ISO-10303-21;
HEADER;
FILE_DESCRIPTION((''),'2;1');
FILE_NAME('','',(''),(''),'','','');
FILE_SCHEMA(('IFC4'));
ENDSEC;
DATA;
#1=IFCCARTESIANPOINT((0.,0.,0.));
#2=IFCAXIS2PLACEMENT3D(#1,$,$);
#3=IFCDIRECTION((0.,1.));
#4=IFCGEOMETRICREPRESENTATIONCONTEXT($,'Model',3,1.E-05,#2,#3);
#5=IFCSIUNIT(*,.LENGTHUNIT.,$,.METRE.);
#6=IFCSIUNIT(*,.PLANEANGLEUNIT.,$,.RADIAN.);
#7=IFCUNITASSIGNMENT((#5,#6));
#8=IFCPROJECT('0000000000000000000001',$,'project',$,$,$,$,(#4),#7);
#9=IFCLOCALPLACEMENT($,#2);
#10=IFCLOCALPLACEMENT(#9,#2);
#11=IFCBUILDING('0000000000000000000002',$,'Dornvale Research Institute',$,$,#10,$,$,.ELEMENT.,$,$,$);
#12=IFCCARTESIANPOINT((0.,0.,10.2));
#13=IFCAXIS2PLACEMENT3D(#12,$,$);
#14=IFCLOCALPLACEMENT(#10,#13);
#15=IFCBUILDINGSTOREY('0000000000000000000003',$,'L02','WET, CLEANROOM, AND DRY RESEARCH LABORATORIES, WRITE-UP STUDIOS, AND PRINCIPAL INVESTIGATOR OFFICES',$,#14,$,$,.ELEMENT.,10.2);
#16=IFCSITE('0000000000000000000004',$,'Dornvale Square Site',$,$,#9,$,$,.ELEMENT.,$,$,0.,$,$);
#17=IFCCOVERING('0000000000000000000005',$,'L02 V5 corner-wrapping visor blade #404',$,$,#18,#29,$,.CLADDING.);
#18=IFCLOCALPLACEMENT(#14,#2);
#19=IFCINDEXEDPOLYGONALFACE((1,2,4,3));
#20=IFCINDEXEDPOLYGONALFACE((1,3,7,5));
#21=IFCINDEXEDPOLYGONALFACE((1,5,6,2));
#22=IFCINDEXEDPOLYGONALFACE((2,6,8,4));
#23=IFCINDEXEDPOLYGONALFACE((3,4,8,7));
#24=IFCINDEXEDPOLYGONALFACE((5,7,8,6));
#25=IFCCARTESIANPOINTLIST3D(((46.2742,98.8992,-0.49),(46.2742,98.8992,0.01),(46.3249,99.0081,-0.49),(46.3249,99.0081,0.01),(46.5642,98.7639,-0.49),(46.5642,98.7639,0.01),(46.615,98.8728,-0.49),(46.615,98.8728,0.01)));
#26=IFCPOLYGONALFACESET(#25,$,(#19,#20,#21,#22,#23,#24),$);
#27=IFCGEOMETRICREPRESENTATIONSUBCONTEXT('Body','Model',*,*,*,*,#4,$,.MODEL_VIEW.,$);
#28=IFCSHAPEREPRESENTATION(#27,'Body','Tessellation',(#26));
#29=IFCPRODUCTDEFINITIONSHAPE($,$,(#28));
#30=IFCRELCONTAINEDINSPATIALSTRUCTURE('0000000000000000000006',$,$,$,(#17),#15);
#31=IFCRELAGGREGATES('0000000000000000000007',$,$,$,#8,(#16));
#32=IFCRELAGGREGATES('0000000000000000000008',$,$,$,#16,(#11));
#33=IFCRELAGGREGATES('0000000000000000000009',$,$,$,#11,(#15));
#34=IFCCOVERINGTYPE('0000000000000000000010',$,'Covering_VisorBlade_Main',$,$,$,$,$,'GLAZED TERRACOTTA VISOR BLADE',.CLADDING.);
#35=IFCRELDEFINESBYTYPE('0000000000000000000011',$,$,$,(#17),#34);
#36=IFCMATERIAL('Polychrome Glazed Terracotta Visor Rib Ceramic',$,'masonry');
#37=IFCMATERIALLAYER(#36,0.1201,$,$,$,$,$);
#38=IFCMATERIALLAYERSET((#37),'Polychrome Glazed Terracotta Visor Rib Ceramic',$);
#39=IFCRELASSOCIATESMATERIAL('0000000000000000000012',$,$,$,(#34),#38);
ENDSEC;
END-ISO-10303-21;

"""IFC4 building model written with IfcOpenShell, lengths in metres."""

from ifc_helpers import new_model, si_unit, direction, frame, origin, origin_2d, place, context, subcontext, project, spatial, rectangle, extrude, material, layer, layer_set, type_object, element, save


model = new_model("IFC4")

# Units and contexts
model_context = context("Model", 3, precision=1e-05, world=origin(), true_north=direction((0.0, 1.0)))
body_context = subcontext(model_context, "Body", "Model", "MODEL_VIEW")
ifc_project = project(units=[si_unit("LENGTHUNIT", "METRE"), si_unit("PLANEANGLEUNIT", "RADIAN")], contexts=[model_context])

# Site, building, storey
site_placement = place(None, origin())
site = spatial("IfcSite", under=ifc_project, at=site_placement, Name="Dornvale Square Site", CompositionType="ELEMENT", RefElevation=0.0)
building_placement = place(site_placement, origin())
building = spatial("IfcBuilding", under=site, at=building_placement, Name="Dornvale Research Institute", CompositionType="ELEMENT")
storey_placement = place(building_placement, frame((0.0, 0.0, 10.2)))
storey = spatial("IfcBuildingStorey", under=building, at=storey_placement, Name="L02", Description="WET, CLEANROOM, AND DRY RESEARCH LABORATORIES, WRITE-UP STUDIOS, AND PRINCIPAL INVESTIGATOR OFFICES", CompositionType="ELEMENT", Elevation=10.2)

# Covering
ifc_material_1 = material(Name="Polychrome Glazed Terracotta Visor Rib Ceramic", Category="masonry")
ifc_layer_1 = layer(ifc_material_1, 0.1201)
ifc_layer_set_1 = layer_set([ifc_layer_1], Name="Polychrome Glazed Terracotta Visor Rib Ceramic")
covering_type = type_object("IfcCoveringType", Name="Covering_VisorBlade_Main", ElementType="GLAZED TERRACOTTA VISOR BLADE", PredefinedType="CLADDING", material=ifc_layer_set_1)
for number, where, z_axis, x_axis, name in (
    (1, (46.4446, 98.886, -0.49), (0.0, 0.0, 1.0), (0.906308, -0.422618, 0.0), "L02 V5 corner-wrapping visor blade #404"),
):
    element("IfcCovering", number, at=place(storey_placement, frame(where, z_axis=z_axis, x_axis=x_axis)), inside=storey, type_object=covering_type, Name=name, PredefinedType="CLADDING", context=body_context, shape_type="SweptSolid", body=[
        extrude(rectangle(XDim=0.3201, YDim=0.1201, at=origin_2d()), origin(), (0.0, 0.0, 1.0), 0.5),
    ])

save(model, "model.ifc")
